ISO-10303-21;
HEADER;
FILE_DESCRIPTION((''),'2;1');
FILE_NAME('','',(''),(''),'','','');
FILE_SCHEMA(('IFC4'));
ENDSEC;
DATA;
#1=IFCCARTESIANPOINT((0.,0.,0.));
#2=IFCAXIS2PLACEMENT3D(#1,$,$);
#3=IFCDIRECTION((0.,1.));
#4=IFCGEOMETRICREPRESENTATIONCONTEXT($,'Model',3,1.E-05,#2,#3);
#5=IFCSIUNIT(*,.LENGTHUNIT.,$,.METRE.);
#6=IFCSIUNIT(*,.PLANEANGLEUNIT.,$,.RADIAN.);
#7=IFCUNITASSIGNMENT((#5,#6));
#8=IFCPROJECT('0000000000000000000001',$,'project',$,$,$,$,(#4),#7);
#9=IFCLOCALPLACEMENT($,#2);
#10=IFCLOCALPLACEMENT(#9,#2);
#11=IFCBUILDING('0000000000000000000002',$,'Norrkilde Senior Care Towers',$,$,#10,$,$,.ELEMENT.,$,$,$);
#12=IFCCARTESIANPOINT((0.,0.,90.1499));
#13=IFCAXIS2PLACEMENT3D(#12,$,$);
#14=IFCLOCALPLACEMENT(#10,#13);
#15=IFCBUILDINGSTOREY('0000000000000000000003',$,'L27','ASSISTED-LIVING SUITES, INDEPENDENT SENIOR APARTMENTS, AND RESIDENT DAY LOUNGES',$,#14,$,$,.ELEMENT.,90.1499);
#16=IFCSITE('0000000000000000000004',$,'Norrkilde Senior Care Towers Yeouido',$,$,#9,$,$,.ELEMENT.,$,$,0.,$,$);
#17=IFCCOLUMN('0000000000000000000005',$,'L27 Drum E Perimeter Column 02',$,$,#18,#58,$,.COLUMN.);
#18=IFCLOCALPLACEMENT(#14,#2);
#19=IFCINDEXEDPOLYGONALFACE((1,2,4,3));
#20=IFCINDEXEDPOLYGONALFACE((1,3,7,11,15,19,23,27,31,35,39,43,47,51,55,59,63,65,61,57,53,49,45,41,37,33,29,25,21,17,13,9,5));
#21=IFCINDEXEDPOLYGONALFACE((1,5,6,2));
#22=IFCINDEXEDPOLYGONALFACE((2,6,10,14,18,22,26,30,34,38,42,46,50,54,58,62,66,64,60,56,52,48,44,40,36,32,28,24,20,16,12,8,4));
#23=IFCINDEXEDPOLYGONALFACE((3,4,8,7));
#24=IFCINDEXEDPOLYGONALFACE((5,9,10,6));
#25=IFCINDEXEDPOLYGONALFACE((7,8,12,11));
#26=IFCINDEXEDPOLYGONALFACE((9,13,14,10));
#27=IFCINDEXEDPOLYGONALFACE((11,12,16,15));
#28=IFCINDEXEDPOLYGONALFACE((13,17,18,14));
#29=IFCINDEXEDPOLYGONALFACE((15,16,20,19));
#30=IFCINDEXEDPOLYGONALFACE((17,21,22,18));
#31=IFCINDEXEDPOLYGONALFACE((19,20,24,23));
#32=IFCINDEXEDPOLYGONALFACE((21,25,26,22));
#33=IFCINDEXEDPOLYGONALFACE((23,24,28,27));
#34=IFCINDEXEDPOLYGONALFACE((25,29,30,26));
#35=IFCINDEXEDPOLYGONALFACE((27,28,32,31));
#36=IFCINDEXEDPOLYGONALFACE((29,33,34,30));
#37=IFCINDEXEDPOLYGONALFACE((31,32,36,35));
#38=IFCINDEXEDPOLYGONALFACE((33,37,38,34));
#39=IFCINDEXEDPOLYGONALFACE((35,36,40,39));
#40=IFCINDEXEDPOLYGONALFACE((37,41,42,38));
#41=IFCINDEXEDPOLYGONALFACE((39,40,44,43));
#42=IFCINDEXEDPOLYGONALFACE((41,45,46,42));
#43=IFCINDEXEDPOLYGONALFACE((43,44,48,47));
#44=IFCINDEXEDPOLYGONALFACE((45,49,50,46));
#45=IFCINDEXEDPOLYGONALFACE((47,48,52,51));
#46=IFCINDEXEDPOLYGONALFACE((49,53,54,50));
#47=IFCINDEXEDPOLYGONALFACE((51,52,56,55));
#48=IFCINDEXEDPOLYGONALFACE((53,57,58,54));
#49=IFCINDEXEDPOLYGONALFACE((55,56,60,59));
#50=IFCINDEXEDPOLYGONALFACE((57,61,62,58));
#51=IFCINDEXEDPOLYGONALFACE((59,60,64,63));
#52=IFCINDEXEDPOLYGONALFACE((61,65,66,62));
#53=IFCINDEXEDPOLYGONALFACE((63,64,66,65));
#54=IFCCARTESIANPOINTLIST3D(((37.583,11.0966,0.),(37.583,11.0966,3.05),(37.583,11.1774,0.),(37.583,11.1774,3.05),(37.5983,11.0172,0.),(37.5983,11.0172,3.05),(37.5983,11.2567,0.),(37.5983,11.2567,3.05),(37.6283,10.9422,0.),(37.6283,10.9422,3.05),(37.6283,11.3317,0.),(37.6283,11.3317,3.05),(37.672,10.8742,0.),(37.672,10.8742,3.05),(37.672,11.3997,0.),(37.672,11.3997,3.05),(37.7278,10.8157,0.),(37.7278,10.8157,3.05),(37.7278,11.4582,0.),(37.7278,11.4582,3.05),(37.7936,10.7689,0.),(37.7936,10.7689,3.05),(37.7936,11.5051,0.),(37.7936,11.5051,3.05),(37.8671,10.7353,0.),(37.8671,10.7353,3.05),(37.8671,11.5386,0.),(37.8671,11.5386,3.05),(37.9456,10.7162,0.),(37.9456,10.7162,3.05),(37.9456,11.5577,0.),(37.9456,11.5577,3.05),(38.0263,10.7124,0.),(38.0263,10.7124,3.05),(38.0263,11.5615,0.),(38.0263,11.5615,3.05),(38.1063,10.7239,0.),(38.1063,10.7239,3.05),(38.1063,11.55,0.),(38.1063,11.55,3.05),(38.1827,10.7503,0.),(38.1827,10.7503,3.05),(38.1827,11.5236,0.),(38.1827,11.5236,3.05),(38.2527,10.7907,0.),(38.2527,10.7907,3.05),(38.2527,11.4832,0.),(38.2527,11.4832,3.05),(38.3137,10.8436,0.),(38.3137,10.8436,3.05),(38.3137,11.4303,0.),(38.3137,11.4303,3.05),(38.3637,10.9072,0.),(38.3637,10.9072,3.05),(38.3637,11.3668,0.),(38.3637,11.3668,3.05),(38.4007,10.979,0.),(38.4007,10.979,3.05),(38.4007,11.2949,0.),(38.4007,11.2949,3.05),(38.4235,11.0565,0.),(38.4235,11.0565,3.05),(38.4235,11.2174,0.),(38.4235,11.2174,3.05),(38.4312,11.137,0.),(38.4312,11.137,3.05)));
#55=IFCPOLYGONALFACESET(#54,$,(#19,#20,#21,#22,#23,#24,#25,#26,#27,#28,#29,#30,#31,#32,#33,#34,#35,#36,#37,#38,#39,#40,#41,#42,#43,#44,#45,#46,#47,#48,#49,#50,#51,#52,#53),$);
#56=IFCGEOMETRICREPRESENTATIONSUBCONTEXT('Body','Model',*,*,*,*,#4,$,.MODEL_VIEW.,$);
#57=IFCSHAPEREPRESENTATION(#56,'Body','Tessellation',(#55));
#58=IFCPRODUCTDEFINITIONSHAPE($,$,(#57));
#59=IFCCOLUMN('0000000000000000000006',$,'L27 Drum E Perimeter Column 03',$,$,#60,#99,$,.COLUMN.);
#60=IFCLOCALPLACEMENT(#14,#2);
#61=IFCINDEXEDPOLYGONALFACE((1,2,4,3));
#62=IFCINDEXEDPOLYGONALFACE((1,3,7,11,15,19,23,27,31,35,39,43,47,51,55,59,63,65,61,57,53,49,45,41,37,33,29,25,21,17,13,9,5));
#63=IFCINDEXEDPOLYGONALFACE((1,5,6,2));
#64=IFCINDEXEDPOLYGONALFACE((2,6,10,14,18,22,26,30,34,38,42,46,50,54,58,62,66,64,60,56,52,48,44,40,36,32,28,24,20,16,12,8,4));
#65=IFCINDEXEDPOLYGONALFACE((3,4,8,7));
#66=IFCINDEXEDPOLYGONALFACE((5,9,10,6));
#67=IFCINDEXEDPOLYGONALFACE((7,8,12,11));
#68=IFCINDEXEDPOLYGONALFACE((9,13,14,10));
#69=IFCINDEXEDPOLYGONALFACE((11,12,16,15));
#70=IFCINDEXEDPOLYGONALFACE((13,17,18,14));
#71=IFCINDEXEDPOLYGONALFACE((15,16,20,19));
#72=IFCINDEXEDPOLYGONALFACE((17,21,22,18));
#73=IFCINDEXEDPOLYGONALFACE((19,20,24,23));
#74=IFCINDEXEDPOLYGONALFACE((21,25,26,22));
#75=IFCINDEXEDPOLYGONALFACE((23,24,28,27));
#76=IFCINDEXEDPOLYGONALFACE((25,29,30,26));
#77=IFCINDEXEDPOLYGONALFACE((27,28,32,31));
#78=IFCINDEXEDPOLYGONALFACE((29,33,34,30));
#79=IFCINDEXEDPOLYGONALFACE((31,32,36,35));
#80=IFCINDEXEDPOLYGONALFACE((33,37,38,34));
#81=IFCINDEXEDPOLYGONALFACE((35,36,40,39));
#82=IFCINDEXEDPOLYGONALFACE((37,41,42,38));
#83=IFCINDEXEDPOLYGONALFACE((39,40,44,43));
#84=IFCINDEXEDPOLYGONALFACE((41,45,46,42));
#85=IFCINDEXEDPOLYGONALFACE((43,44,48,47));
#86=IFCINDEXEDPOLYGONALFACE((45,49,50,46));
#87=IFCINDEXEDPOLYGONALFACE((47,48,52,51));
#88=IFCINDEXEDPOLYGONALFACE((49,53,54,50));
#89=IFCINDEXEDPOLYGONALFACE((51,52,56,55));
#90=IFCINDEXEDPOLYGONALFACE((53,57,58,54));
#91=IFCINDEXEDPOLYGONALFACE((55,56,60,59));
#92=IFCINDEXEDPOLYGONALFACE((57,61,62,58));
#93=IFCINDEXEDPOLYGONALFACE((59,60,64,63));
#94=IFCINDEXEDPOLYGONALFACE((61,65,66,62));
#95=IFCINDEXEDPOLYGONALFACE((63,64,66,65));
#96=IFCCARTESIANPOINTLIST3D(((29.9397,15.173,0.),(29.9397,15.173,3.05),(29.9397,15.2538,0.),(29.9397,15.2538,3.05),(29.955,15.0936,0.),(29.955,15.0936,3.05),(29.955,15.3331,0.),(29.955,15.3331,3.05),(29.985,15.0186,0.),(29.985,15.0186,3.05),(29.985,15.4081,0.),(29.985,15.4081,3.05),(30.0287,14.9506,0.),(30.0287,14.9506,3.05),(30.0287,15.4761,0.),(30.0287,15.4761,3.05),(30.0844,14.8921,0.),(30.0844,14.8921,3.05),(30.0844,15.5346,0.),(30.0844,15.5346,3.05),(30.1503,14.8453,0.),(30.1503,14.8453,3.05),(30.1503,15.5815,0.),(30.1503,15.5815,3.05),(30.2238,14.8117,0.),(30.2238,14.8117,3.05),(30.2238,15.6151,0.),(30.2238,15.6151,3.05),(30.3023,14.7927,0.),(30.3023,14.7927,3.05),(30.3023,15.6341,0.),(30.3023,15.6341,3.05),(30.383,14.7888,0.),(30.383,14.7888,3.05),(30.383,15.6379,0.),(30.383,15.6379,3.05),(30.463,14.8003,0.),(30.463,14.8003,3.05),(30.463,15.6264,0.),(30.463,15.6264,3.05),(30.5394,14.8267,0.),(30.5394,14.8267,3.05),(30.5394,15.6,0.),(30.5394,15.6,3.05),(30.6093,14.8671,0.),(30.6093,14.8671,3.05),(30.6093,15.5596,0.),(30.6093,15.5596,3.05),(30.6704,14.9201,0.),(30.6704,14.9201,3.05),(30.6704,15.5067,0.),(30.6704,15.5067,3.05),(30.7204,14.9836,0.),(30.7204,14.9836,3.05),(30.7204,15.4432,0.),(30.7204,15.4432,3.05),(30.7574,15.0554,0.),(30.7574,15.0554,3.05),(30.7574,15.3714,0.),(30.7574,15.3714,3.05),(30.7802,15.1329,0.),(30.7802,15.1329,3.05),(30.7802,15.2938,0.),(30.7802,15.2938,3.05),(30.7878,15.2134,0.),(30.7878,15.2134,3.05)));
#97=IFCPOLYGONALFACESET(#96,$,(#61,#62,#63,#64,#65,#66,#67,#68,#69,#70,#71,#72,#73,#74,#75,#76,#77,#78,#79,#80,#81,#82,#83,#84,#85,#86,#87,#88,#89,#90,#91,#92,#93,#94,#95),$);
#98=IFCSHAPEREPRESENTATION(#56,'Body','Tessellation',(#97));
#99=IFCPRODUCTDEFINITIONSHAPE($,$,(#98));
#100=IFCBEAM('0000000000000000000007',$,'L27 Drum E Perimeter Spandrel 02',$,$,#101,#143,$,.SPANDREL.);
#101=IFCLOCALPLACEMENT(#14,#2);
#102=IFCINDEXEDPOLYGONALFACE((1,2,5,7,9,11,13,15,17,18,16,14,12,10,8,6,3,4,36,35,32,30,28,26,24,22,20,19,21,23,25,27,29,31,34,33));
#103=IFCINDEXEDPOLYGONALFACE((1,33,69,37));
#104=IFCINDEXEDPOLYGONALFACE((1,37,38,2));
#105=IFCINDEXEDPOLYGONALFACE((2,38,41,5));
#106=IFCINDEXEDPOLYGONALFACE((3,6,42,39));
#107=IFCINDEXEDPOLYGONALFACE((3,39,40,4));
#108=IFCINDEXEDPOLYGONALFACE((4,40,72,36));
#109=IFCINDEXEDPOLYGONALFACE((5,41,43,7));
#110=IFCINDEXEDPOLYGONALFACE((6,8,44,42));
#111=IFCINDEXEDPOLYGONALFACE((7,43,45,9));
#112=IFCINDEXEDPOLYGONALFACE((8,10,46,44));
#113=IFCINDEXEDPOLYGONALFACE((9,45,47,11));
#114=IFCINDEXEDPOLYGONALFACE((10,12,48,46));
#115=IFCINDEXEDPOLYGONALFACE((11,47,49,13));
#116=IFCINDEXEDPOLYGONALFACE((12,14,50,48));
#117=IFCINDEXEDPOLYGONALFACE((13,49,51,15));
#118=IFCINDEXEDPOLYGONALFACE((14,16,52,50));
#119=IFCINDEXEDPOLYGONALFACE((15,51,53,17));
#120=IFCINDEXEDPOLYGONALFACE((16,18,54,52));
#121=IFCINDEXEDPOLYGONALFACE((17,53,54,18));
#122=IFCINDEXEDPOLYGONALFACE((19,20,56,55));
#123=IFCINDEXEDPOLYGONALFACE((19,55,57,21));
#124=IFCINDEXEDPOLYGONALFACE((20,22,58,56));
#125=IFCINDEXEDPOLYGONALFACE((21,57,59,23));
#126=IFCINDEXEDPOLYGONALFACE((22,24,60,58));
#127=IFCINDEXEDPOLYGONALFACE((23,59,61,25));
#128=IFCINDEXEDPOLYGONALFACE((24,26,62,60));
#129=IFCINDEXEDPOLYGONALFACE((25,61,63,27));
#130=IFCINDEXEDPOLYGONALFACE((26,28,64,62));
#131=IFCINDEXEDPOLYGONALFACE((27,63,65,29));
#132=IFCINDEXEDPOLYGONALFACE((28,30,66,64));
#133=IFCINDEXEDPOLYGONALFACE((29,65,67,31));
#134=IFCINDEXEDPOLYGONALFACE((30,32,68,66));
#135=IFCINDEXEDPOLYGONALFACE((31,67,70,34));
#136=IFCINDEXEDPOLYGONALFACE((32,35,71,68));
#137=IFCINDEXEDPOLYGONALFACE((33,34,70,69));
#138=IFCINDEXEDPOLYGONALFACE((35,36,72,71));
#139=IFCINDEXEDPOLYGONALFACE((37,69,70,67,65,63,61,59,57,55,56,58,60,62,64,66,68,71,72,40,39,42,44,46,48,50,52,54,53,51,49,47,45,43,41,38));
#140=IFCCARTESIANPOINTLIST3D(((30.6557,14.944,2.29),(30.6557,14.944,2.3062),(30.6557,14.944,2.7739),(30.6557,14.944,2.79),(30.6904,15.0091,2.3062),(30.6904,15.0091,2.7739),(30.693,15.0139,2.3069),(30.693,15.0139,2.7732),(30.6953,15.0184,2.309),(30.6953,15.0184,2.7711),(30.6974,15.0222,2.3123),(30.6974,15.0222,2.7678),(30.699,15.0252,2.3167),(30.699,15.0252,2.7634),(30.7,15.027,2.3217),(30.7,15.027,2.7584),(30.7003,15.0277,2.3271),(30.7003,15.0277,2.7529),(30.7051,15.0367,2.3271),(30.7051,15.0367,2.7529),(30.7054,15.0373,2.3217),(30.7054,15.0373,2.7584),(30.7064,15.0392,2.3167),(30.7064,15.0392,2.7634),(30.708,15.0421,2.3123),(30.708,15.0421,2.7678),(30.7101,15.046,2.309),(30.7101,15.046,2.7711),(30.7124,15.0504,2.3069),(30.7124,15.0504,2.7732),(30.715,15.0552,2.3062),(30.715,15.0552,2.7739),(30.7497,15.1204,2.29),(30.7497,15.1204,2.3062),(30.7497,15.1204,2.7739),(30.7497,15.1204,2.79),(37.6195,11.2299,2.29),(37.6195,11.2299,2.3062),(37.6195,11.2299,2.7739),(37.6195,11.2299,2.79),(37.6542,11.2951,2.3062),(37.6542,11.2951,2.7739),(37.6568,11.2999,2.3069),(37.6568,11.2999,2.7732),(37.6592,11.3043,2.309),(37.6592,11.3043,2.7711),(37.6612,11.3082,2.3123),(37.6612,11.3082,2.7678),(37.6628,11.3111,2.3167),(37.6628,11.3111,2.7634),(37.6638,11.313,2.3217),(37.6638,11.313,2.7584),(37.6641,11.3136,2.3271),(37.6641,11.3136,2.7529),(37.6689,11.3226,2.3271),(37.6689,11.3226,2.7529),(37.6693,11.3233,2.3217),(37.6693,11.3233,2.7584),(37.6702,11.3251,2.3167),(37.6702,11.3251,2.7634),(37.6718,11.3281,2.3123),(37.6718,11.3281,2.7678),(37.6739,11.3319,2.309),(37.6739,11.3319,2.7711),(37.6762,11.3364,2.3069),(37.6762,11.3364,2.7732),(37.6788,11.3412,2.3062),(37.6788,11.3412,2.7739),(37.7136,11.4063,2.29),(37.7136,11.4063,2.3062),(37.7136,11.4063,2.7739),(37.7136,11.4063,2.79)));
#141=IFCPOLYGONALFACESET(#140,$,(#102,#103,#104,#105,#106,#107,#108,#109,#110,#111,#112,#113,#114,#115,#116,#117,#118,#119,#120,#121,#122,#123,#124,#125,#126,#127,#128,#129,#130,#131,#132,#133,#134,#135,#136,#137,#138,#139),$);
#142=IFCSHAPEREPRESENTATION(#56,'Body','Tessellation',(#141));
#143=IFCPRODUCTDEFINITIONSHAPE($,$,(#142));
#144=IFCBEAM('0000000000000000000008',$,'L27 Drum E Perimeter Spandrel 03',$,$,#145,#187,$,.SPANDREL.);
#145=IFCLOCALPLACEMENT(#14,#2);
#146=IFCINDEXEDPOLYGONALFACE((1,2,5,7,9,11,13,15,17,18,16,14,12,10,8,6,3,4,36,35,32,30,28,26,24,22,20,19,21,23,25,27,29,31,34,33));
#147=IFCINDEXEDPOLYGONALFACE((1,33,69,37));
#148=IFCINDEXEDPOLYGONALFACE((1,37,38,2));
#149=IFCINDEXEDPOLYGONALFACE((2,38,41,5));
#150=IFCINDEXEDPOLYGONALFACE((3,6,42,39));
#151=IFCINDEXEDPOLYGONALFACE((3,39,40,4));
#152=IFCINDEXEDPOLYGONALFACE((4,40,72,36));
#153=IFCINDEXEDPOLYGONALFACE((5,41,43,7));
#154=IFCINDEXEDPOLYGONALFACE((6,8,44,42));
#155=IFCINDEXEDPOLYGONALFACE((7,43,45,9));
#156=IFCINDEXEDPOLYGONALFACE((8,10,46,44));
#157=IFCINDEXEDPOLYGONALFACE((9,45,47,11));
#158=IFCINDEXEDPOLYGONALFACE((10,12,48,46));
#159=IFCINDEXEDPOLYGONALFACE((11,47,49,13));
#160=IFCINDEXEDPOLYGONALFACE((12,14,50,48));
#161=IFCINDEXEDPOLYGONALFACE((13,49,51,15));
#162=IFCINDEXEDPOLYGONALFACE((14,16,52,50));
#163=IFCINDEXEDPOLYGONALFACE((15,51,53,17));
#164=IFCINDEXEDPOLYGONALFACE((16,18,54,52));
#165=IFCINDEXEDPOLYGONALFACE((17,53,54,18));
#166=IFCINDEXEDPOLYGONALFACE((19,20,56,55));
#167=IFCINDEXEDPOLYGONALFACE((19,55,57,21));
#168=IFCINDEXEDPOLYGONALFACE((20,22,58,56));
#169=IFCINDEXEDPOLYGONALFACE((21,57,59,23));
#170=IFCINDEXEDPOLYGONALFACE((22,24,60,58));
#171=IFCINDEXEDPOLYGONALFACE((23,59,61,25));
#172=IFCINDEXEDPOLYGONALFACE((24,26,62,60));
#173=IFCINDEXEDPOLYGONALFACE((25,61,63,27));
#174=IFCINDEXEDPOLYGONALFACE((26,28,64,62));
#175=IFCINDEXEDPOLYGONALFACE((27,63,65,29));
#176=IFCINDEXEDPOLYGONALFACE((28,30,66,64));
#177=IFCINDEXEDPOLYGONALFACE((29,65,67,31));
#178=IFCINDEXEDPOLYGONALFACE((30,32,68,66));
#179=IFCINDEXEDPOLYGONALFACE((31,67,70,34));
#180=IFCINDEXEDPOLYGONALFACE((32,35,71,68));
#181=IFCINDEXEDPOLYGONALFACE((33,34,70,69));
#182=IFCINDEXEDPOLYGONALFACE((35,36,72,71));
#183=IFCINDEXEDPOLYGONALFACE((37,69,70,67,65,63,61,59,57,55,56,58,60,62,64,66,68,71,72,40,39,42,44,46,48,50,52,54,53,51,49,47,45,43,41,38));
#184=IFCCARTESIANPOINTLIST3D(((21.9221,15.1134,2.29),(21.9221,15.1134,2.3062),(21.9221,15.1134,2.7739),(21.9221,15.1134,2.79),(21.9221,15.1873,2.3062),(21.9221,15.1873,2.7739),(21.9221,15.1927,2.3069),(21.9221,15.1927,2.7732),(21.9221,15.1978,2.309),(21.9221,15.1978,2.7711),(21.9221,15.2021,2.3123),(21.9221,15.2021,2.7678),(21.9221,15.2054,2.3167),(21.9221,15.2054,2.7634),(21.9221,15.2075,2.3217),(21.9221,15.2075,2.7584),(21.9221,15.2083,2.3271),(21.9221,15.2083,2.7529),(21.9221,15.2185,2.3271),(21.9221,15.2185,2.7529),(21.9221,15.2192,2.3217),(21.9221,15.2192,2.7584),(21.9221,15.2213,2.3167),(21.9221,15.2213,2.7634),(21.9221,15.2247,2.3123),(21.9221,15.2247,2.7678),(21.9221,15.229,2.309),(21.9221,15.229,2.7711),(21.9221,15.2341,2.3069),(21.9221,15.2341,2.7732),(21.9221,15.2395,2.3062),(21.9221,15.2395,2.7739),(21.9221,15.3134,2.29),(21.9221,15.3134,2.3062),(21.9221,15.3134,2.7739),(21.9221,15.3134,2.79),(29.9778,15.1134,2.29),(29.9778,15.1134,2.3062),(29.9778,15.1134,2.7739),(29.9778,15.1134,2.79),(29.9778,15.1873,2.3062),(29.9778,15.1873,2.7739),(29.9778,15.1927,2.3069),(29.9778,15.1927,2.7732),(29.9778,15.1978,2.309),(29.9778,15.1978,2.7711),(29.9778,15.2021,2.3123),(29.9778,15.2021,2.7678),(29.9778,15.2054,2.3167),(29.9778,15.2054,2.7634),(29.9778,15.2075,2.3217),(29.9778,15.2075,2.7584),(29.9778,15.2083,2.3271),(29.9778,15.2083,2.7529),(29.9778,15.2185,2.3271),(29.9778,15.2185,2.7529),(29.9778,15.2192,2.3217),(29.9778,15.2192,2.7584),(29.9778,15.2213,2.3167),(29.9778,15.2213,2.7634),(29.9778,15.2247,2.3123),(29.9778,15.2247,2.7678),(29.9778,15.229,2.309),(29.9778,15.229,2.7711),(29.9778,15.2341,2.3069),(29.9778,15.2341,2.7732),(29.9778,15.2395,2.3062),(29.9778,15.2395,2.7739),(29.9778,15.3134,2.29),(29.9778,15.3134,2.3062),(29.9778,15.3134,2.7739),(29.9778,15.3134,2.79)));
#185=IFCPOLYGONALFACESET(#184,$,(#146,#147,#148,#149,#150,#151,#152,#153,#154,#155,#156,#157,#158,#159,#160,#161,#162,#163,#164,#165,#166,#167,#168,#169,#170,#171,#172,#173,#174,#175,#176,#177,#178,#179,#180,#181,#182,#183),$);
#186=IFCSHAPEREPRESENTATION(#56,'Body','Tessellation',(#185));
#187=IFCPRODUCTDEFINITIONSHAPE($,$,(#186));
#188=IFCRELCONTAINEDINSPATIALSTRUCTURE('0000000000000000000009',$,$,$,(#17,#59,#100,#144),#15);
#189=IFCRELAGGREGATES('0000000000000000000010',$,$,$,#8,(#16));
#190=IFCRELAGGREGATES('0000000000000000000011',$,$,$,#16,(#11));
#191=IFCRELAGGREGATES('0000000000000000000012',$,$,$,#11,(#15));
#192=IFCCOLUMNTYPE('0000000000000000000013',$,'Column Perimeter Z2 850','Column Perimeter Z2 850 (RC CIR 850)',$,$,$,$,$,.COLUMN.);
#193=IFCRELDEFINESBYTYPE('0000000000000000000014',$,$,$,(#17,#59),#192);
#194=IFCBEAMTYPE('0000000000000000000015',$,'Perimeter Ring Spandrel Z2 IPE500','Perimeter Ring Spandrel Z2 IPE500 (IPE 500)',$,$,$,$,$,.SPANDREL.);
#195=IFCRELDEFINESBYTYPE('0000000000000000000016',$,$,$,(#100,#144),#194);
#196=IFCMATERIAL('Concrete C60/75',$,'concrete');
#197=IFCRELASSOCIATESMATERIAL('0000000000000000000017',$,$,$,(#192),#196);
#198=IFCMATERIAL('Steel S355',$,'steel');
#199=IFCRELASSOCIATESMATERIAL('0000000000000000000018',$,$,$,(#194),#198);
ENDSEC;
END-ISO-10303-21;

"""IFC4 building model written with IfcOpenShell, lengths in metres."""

from ifc_helpers import new_model, si_unit, direction, frame, origin, origin_2d, place, context, subcontext, project, spatial, circle, i_section, extrude, source, transform, mapped, material, material_profile, profile_set, type_object, type_shapes, element, save


model = new_model("IFC4")

# Units and contexts
model_context = context("Model", 3, precision=1e-05, world=origin(), true_north=direction((0.0, 1.0)))
body_context = subcontext(model_context, "Body", "Model", "MODEL_VIEW")
ifc_project = project(units=[si_unit("LENGTHUNIT", "METRE"), si_unit("PLANEANGLEUNIT", "RADIAN")], contexts=[model_context])

# Site, building, storey
site_placement = place(None, origin())
site = spatial("IfcSite", under=ifc_project, at=site_placement, Name="Norrkilde Senior Care Towers Yeouido", CompositionType="ELEMENT", RefElevation=0.0)
building_placement = place(site_placement, origin())
building = spatial("IfcBuilding", under=site, at=building_placement, Name="Norrkilde Senior Care Towers", CompositionType="ELEMENT")
storey_placement = place(building_placement, frame((0.0, 0.0, 90.1499)))
storey = spatial("IfcBuildingStorey", under=building, at=storey_placement, Name="L27", Description="ASSISTED-LIVING SUITES, INDEPENDENT SENIOR APARTMENTS, AND RESIDENT DAY LOUNGES", CompositionType="ELEMENT", Elevation=90.1499)

# Columns
ifc_material_1 = material(Name="Concrete C60/75", Category="concrete")
ifc_material_profile_1 = material_profile(ifc_material_1, circle(Radius=0.425, at=origin_2d()), Name="RC CIR 850")
ifc_profile_set_1 = profile_set([ifc_material_profile_1], Name="Concrete C60/75")
column_type = type_object("IfcColumnType", Name="Column Perimeter Z2 850", Description="Column Perimeter Z2 850 (RC CIR 850)", PredefinedType="COLUMN", material=ifc_profile_set_1)
shared_shape_1 = source(origin(), body_context, "Body", "SweptSolid", [
    extrude(circle(Radius=0.425, at=origin_2d()), origin(), (0.0, 0.0, 1.0), 3.05),
])
type_shapes(column_type, [shared_shape_1])
for number, where, z_axis, x_axis, name in (
    (1, (38.0061, 11.137, 0.0), (0.0, 0.0, 1.0), (1.0, 0.0, 0.0), "L27 Drum E Perimeter Column 02"),
    (2, (30.3628, 15.2134, 0.0), (0.0, 0.0, 1.0), (1.0, 0.0, 0.0), "L27 Drum E Perimeter Column 03"),
):
    element("IfcColumn", number, at=place(storey_placement, frame(where, z_axis=z_axis, x_axis=x_axis)), inside=storey, type_object=column_type, Name=name, PredefinedType="COLUMN", context=body_context, shape_type="MappedRepresentation", body=[
        mapped(shared_shape_1, transform((0.0, 0.0, 0.0), x_axis=(1.0, 0.0, 0.0), y_axis=(0.0, 1.0, 0.0), z_axis=(0.0, 0.0, 1.0), scale=1.0)),
    ])

# Beams
ifc_material_2 = material(Name="Steel S355", Category="steel")
ifc_material_profile_2 = material_profile(ifc_material_2, i_section(OverallWidth=0.2, OverallDepth=0.5, WebThickness=0.0103, FlangeThickness=0.0161, FilletRadius=0.021, at=origin_2d()), Name="IPE 500")
ifc_profile_set_2 = profile_set([ifc_material_profile_2], Name="Steel S355")
beam_type = type_object("IfcBeamType", Name="Perimeter Ring Spandrel Z2 IPE500", Description="Perimeter Ring Spandrel Z2 IPE500 (IPE 500)", PredefinedType="SPANDREL", material=ifc_profile_set_2)
shared_shape_2 = source(origin(), body_context, "Body", "SweptSolid", [
    extrude(i_section(OverallWidth=0.2, OverallDepth=0.5, WebThickness=0.0103, FlangeThickness=0.0161, FilletRadius=0.021, at=origin_2d()), origin(), (0.0, 0.0, 1.0), 7.8923),
])
beam_1_placement = place(storey_placement, frame((37.6665, 11.3181, 2.54), z_axis=(-0.88235, 0.470593, 0.0), x_axis=(-0.470593, -0.88235, 0.0)))
element("IfcBeam", 3, at=beam_1_placement, inside=storey, type_object=beam_type, Name="L27 Drum E Perimeter Spandrel 02", PredefinedType="SPANDREL", context=body_context, shape_type="MappedRepresentation", body=[
    mapped(shared_shape_2, transform((0.0, 0.0, 0.0), x_axis=(1.0, 0.0, 0.0), y_axis=(0.0, 1.0, 0.0), z_axis=(0.0, 0.0, 1.0), scale=1.0)),
])
shared_shape_3 = source(origin(), body_context, "Body", "SweptSolid", [
    extrude(i_section(OverallWidth=0.2, OverallDepth=0.5, WebThickness=0.0103, FlangeThickness=0.0161, FilletRadius=0.021, at=origin_2d()), origin(), (0.0, 0.0, 1.0), 8.0557),
])
type_shapes(beam_type, [shared_shape_2, shared_shape_3])
beam_2_placement = place(storey_placement, frame((29.9778, 15.2134, 2.54), z_axis=(-1.0, 0.0, 0.0), x_axis=(0.0, -1.0, 0.0)))
element("IfcBeam", 4, at=beam_2_placement, inside=storey, type_object=beam_type, Name="L27 Drum E Perimeter Spandrel 03", PredefinedType="SPANDREL", context=body_context, shape_type="MappedRepresentation", body=[
    mapped(shared_shape_3, transform((0.0, 0.0, 0.0), x_axis=(1.0, 0.0, 0.0), y_axis=(0.0, 1.0, 0.0), z_axis=(0.0, 0.0, 1.0), scale=1.0)),
])

save(model, "model.ifc")
